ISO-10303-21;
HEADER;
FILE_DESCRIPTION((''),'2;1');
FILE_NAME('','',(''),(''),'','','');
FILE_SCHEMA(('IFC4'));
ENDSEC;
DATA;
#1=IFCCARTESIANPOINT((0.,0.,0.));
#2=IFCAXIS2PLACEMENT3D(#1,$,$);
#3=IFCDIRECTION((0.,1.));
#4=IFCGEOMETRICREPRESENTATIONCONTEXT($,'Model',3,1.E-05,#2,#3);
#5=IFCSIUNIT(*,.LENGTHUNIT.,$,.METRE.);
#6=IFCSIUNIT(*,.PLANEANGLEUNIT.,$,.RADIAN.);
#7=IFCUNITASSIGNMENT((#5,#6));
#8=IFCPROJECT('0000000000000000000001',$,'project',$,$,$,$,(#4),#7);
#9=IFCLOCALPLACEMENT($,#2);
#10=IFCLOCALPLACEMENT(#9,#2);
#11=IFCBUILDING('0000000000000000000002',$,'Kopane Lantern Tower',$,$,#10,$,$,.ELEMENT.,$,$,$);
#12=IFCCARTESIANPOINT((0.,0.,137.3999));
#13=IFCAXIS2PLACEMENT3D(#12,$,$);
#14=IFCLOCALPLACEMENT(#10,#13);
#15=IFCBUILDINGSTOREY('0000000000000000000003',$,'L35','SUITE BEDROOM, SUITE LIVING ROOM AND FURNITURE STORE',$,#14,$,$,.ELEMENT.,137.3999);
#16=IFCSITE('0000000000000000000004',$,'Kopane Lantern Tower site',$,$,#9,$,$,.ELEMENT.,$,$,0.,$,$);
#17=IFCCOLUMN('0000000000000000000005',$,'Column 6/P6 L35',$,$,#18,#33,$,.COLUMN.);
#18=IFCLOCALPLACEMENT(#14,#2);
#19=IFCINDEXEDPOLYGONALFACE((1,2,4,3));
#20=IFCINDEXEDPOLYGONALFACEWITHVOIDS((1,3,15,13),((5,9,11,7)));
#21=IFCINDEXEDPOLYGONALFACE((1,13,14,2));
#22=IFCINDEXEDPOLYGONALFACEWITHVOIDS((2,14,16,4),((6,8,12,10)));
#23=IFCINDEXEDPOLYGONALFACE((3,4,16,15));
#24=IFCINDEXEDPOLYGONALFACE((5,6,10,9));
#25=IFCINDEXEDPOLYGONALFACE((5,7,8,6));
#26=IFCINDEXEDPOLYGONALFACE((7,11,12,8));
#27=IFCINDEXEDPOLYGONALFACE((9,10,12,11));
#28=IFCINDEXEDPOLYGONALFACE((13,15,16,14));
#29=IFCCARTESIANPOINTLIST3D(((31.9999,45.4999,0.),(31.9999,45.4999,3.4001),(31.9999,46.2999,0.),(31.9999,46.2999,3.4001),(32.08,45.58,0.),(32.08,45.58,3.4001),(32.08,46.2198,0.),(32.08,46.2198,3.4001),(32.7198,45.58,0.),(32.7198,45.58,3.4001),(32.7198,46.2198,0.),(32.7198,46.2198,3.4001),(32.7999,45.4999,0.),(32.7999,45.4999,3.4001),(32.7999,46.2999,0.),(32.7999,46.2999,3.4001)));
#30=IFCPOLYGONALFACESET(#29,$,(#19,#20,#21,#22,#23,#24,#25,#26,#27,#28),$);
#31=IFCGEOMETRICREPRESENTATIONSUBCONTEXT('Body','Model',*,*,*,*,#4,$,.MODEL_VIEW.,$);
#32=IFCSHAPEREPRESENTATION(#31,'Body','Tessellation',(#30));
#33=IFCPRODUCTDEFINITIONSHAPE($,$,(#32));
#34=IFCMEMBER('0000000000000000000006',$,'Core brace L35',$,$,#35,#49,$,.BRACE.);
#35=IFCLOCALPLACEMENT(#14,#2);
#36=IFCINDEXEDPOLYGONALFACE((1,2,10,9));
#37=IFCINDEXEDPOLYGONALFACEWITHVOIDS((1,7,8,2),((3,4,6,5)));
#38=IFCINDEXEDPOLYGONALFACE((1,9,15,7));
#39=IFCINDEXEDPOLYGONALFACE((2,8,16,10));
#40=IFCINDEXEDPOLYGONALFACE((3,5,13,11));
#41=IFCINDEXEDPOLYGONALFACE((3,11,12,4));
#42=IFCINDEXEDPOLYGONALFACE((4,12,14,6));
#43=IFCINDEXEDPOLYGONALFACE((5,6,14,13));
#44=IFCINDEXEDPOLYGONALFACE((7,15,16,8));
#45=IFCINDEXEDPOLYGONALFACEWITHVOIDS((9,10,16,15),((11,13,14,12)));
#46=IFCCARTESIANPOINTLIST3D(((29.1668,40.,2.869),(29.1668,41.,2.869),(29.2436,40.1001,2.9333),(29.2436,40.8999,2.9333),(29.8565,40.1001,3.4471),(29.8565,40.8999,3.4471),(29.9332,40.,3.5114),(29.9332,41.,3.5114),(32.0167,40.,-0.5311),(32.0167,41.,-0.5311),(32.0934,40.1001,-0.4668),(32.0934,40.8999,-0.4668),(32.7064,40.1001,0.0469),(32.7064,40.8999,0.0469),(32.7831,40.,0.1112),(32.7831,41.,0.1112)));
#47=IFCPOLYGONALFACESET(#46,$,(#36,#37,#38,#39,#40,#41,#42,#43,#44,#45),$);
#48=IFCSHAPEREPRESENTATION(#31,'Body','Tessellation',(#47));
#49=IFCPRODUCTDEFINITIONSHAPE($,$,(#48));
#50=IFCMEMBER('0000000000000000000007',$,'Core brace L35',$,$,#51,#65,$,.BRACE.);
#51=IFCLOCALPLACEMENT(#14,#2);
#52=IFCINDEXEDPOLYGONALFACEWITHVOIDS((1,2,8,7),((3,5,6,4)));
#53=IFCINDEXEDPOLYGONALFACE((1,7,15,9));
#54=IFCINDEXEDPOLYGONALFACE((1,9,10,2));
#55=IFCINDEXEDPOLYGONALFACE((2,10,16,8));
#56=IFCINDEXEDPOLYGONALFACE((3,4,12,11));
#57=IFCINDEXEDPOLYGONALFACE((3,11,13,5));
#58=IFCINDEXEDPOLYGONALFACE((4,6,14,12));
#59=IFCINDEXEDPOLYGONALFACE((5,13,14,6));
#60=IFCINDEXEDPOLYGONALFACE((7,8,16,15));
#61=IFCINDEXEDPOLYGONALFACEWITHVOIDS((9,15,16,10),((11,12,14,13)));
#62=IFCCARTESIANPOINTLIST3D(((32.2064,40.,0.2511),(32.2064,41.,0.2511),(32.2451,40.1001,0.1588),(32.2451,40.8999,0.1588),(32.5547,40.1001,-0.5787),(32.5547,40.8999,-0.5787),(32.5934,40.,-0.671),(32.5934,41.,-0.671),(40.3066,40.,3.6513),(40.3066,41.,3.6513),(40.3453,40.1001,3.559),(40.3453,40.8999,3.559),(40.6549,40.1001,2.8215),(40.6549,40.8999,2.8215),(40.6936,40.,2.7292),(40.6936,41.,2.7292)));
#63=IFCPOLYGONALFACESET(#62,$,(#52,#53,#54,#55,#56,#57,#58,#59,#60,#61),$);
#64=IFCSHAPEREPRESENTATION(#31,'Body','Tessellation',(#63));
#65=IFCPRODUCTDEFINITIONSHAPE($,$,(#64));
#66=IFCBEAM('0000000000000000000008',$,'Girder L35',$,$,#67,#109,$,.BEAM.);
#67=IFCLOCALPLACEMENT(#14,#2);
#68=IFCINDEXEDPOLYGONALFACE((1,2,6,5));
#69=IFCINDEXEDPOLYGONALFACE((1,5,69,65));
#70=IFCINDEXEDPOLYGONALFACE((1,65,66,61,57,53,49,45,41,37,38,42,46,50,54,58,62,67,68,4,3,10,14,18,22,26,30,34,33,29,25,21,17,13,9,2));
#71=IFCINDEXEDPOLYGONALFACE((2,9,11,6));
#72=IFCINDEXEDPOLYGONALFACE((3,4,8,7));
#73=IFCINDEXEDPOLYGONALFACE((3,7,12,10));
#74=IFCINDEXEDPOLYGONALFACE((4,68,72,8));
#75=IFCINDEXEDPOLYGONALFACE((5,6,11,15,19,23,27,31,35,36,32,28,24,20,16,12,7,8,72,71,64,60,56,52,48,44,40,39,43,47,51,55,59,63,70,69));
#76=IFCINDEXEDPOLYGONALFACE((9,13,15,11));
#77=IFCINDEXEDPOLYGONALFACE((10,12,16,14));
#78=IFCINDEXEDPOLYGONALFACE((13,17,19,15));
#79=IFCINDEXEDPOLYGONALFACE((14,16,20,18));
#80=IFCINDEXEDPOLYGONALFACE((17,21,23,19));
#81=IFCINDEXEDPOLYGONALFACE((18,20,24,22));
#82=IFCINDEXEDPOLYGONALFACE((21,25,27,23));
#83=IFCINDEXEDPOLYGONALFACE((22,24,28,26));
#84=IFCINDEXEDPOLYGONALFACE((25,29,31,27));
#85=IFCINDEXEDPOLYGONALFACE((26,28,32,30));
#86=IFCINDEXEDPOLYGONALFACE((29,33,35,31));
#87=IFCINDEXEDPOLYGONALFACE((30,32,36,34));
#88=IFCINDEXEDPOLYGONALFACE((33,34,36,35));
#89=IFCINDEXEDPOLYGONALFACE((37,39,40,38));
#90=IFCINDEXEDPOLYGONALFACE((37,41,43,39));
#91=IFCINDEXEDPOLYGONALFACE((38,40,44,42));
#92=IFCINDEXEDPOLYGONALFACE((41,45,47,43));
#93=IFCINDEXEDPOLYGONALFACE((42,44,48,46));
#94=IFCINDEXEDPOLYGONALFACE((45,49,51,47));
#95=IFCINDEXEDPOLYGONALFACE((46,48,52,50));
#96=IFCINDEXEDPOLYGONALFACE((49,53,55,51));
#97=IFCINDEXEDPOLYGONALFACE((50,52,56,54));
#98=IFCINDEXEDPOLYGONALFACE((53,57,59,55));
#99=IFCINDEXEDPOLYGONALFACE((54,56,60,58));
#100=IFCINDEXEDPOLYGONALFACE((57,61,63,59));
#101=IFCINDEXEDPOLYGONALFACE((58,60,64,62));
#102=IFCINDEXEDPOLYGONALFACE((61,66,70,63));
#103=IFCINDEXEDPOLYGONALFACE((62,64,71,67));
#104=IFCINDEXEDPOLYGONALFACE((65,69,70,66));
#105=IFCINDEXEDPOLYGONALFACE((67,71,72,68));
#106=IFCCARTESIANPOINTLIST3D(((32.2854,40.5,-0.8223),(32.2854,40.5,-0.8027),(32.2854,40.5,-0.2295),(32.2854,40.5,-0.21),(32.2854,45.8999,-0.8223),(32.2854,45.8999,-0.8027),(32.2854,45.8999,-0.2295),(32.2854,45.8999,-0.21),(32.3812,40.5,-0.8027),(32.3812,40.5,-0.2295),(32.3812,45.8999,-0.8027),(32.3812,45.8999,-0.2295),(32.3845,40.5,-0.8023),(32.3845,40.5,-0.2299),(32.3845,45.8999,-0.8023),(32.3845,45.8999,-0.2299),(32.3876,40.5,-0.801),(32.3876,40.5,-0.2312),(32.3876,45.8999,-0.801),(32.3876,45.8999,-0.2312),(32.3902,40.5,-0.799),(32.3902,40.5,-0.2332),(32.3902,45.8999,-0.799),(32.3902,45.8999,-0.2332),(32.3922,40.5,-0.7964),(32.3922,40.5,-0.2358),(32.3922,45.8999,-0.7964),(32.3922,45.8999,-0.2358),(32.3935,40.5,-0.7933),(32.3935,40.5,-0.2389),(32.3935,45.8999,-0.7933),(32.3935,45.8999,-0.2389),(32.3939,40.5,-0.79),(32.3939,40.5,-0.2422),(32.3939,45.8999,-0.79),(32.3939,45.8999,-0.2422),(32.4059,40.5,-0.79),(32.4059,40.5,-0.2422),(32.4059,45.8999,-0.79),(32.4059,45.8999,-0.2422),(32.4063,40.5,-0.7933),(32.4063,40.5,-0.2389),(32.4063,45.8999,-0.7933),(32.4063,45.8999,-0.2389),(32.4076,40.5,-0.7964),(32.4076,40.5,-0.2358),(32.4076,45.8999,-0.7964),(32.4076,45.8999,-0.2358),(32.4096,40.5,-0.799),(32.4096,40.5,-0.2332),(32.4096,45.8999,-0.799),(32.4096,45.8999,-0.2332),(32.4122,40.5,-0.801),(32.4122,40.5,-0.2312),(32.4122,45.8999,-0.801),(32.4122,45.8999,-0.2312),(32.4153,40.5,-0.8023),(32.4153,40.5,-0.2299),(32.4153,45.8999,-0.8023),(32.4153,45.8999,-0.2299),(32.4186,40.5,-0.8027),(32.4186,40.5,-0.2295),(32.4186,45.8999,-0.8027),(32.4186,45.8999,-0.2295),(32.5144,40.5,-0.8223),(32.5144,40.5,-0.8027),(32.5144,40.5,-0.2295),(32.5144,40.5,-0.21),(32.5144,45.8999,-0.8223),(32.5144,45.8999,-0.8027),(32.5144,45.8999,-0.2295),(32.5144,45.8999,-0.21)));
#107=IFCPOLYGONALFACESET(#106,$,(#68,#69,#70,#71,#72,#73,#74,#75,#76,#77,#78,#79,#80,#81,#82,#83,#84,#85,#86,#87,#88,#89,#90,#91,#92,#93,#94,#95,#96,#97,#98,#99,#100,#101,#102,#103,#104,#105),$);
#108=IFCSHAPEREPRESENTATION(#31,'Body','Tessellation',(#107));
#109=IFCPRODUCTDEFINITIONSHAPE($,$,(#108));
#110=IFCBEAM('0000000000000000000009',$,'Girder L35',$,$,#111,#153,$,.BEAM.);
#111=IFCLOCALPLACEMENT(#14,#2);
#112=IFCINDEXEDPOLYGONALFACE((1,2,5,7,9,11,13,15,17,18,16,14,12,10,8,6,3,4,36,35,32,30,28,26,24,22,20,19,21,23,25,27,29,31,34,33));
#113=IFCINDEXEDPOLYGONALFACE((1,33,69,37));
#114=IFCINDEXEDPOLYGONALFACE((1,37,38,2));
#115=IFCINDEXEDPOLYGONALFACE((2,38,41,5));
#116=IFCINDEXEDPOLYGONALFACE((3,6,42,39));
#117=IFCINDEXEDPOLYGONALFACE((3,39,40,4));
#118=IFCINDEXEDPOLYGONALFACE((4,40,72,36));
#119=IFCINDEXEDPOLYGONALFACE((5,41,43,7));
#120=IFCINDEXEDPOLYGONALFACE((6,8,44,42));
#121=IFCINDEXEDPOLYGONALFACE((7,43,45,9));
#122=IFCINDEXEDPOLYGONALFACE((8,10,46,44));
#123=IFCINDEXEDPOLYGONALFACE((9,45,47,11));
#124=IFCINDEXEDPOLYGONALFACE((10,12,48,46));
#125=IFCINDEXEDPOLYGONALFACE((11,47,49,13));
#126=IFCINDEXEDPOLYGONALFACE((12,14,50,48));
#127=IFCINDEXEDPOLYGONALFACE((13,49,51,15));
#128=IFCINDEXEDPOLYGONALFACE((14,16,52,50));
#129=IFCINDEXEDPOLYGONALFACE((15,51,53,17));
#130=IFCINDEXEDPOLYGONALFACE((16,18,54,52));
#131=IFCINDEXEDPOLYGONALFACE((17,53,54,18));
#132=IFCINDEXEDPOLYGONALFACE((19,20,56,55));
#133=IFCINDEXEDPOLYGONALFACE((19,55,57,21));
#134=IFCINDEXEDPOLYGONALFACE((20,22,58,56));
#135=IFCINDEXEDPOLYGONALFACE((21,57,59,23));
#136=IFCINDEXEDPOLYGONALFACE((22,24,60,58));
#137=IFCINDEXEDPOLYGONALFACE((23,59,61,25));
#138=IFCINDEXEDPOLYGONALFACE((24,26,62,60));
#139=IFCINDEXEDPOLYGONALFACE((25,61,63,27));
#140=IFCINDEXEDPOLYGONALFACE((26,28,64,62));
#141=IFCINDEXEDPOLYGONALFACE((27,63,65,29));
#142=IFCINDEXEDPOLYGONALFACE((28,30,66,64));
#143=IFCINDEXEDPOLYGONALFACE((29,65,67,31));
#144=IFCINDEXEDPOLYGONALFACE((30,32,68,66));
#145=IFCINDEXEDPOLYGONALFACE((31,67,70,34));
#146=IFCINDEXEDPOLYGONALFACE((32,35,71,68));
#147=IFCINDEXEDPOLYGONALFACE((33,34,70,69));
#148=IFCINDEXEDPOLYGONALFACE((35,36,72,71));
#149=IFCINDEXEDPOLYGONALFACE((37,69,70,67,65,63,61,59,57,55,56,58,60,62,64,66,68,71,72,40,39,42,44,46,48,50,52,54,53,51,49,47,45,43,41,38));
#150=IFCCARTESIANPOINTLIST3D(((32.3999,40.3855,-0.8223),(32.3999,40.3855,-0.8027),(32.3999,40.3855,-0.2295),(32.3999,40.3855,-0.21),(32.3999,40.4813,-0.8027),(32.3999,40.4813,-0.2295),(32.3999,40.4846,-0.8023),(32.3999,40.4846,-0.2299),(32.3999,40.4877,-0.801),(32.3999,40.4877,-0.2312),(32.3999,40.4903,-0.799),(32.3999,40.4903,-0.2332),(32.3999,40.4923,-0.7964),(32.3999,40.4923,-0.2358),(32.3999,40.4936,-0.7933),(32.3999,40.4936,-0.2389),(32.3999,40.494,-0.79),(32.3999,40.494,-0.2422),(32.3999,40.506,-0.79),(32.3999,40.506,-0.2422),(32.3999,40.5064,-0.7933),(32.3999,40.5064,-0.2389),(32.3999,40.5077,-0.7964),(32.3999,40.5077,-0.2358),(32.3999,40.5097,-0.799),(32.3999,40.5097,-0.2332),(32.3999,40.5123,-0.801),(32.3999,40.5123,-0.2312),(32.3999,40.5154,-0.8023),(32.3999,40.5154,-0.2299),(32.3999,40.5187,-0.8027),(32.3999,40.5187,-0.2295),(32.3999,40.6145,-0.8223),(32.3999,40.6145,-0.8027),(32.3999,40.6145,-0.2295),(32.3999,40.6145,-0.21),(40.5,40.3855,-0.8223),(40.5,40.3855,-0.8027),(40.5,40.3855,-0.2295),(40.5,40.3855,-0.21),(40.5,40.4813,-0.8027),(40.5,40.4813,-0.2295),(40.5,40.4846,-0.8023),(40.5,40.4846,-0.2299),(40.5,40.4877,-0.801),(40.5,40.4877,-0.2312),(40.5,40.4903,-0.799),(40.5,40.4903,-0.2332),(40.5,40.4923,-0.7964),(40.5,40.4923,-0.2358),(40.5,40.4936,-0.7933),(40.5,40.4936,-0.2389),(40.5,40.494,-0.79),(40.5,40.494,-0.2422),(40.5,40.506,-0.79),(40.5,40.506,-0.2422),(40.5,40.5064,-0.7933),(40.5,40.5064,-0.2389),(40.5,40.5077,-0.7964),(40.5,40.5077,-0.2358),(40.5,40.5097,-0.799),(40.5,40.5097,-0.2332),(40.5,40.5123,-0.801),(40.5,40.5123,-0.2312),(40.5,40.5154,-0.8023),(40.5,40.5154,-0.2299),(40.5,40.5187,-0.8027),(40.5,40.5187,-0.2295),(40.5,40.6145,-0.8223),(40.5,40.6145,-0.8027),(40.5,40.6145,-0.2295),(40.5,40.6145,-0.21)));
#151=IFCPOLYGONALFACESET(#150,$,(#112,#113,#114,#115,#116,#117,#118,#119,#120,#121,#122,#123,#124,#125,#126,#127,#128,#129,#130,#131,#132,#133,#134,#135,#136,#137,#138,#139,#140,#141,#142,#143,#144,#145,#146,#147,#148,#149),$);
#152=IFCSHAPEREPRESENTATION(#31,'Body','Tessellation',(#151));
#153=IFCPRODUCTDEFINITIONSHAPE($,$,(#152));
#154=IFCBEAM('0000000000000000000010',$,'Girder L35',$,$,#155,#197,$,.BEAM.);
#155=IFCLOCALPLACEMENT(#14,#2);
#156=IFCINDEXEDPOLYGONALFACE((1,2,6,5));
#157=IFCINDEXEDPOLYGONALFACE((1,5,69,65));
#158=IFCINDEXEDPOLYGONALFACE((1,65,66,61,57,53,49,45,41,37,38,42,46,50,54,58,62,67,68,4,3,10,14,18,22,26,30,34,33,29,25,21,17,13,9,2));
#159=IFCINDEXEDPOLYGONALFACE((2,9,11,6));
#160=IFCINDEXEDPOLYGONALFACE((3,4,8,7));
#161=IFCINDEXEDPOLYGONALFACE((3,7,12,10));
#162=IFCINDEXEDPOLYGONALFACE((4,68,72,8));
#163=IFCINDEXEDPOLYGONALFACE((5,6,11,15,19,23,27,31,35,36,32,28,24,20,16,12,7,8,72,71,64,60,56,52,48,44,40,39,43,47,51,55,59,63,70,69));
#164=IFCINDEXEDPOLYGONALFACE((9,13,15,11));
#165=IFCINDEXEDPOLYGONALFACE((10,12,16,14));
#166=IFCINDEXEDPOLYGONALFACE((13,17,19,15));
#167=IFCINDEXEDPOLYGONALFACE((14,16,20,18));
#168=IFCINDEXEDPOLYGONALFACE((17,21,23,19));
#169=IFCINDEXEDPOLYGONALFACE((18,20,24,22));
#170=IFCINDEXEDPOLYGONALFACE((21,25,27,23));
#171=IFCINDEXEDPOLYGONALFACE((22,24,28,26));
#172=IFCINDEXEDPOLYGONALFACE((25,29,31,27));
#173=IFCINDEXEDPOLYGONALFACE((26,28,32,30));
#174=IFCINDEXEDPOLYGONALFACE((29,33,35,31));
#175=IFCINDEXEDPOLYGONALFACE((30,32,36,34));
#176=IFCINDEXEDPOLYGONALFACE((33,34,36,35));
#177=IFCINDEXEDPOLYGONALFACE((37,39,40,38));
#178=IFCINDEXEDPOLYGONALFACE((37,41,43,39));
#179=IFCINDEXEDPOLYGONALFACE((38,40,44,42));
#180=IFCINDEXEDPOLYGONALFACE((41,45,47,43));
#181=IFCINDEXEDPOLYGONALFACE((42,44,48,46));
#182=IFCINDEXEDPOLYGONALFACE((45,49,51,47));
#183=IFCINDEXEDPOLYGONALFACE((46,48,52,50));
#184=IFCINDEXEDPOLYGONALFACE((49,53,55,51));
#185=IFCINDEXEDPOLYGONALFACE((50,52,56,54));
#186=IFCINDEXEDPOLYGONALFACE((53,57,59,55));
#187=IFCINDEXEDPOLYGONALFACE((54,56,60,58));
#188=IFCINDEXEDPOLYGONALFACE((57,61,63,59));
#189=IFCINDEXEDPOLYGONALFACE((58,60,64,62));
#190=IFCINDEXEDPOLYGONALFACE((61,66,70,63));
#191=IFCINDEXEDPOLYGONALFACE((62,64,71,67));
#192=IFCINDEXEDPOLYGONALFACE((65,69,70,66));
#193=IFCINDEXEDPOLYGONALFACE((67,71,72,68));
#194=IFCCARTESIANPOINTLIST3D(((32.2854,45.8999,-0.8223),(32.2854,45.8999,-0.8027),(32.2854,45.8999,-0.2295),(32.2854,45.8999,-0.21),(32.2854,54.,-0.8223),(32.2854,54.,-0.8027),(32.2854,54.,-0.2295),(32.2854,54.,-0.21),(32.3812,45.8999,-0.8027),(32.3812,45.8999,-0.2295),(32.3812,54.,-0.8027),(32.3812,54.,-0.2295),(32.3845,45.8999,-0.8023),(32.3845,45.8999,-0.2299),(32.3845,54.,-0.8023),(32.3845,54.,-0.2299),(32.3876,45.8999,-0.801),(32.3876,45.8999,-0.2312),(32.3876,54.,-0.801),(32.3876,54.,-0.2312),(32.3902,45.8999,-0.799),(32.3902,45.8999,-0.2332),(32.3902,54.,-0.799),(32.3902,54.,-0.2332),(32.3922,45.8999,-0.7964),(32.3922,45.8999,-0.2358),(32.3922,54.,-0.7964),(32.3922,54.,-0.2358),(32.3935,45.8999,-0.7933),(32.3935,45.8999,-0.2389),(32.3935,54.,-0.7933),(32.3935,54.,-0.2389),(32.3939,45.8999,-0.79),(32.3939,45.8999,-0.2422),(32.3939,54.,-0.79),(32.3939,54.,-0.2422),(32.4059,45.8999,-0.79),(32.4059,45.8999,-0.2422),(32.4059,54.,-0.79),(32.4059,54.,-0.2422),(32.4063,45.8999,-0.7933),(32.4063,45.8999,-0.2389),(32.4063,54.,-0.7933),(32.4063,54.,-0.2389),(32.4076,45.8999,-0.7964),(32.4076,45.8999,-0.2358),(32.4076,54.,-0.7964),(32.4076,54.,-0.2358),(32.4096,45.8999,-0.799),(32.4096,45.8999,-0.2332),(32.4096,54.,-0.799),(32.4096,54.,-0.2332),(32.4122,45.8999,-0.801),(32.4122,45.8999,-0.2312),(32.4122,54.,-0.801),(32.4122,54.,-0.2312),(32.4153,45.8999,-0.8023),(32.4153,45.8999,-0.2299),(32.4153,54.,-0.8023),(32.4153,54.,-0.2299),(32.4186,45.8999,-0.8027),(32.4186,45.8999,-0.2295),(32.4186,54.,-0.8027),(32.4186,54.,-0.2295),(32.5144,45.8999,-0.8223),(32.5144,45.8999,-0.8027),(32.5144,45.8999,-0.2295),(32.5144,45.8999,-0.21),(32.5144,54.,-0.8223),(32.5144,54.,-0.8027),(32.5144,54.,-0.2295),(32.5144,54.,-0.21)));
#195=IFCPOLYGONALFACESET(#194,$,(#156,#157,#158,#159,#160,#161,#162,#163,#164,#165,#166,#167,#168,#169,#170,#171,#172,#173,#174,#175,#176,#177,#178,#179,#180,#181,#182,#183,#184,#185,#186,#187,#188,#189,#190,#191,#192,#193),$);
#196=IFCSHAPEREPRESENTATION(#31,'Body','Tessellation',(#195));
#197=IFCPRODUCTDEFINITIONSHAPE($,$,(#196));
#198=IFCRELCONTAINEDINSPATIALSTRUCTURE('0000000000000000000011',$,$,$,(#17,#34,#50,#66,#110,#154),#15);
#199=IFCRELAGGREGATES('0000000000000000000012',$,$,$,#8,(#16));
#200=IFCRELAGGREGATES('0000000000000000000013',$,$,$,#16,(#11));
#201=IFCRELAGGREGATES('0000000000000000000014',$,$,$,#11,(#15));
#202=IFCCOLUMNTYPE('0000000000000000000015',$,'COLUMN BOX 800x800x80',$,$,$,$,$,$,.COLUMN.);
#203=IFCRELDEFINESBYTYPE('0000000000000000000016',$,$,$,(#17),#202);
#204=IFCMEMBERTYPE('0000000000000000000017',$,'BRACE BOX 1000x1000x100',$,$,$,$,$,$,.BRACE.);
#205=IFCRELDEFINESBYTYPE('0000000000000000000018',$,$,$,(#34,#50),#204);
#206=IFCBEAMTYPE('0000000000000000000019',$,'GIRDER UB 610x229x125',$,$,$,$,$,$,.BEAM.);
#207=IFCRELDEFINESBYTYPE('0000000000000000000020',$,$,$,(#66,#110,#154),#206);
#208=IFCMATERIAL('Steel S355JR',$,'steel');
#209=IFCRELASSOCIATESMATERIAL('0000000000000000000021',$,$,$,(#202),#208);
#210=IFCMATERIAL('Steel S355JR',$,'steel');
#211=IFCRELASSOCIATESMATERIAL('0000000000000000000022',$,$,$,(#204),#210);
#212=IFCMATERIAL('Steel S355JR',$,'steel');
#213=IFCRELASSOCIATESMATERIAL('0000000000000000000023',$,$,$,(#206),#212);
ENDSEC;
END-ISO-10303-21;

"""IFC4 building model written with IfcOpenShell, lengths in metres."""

from ifc_helpers import new_model, si_unit, direction, frame, origin, origin_2d, place, context, subcontext, project, spatial, hollow_rectangle, i_section, extrude, material, material_profile, profile_set, type_object, element, save


model = new_model("IFC4")

# Units and contexts
model_context = context("Model", 3, precision=1e-05, world=origin(), true_north=direction((0.0, 1.0)))
body_context = subcontext(model_context, "Body", "Model", "MODEL_VIEW")
ifc_project = project(units=[si_unit("LENGTHUNIT", "METRE"), si_unit("PLANEANGLEUNIT", "RADIAN")], contexts=[model_context])

# Site, building, storey
site_placement = place(None, origin())
site = spatial("IfcSite", under=ifc_project, at=site_placement, Name="Kopane Lantern Tower site", CompositionType="ELEMENT", RefElevation=0.0)
building_placement = place(site_placement, origin())
building = spatial("IfcBuilding", under=site, at=building_placement, Name="Kopane Lantern Tower", CompositionType="ELEMENT")
storey_placement = place(building_placement, frame((0.0, 0.0, 137.3999)))
storey = spatial("IfcBuildingStorey", under=building, at=storey_placement, Name="L35", Description="SUITE BEDROOM, SUITE LIVING ROOM AND FURNITURE STORE", CompositionType="ELEMENT", Elevation=137.3999)

# Column
ifc_material_1 = material(Name="Steel S355JR", Category="steel")
ifc_material_profile_1 = material_profile(ifc_material_1, hollow_rectangle(XDim=0.8, YDim=0.8, WallThickness=0.0801, at=origin_2d()), Name="BOX 800x800x80")
ifc_profile_set_1 = profile_set([ifc_material_profile_1], Name="Steel S355JR")
column_type = type_object("IfcColumnType", Name="COLUMN BOX 800x800x80", PredefinedType="COLUMN", material=ifc_profile_set_1)
column_placement = place(storey_placement, frame((32.3999, 45.8999, 0.0), z_axis=(0.0, 0.0, 1.0), x_axis=(1.0, 0.0, 0.0)))
element("IfcColumn", 1, at=column_placement, inside=storey, type_object=column_type, Name="Column 6/P6 L35", PredefinedType="COLUMN", context=body_context, shape_type="SweptSolid", body=[
    extrude(hollow_rectangle(XDim=0.8, YDim=0.8, WallThickness=0.0801, at=origin_2d()), origin(), (0.0, 0.0, 1.0), 3.4001),
])

# Members
ifc_material_2 = material(Name="Steel S355JR", Category="steel")
ifc_material_profile_2 = material_profile(ifc_material_2, hollow_rectangle(XDim=1.0, YDim=1.0, WallThickness=0.1001, at=origin_2d()), Name="BOX 1000x1000x100")
ifc_profile_set_2 = profile_set([ifc_material_profile_2], Name="Steel S355JR")
member_type = type_object("IfcMemberType", Name="BRACE BOX 1000x1000x100", PredefinedType="BRACE", material=ifc_profile_set_2)
member_1_placement = place(storey_placement, frame((32.3999, 40.5, -0.21), z_axis=(-0.642363, 0.0, 0.7664), x_axis=(0.0, -1.0, 0.0)))
element("IfcMember", 2, at=member_1_placement, inside=storey, type_object=member_type, Name="Core brace L35", PredefinedType="BRACE", context=body_context, shape_type="SweptSolid", body=[
    extrude(hollow_rectangle(XDim=1.0, YDim=1.0, WallThickness=0.1001, at=origin_2d()), origin(), (0.0, 0.0, 1.0), 4.4365),
])
member_2_placement = place(storey_placement, frame((32.3999, 40.5, -0.21), z_axis=(0.922059, 0.0, 0.387049), x_axis=(0.0, 1.0, 0.0)))
element("IfcMember", 3, at=member_2_placement, inside=storey, type_object=member_type, Name="Core brace L35", PredefinedType="BRACE", context=body_context, shape_type="SweptSolid", body=[
    extrude(hollow_rectangle(XDim=1.0, YDim=1.0, WallThickness=0.1001, at=origin_2d()), origin(), (0.0, 0.0, 1.0), 8.7849),
])

# Beams
ifc_material_3 = material(Name="Steel S355JR", Category="steel")
ifc_material_profile_3 = material_profile(ifc_material_3, i_section(OverallWidth=0.229, OverallDepth=0.6123, WebThickness=0.012, FlangeThickness=0.0195, FilletRadius=0.0127, at=origin_2d()), Name="UB 610x229x125")
ifc_profile_set_3 = profile_set([ifc_material_profile_3], Name="Steel S355JR")
beam_type = type_object("IfcBeamType", Name="GIRDER UB 610x229x125", PredefinedType="BEAM", material=ifc_profile_set_3)
beam_placement = place(storey_placement, frame((32.3999, 40.5, -0.5161), z_axis=(0.0, 1.0, 0.0), x_axis=(-1.0, 0.0, 0.0)))
element("IfcBeam", 4, at=beam_placement, inside=storey, type_object=beam_type, Name="Girder L35", PredefinedType="BEAM", context=body_context, shape_type="SweptSolid", body=[
    extrude(i_section(OverallWidth=0.229, OverallDepth=0.6123, WebThickness=0.012, FlangeThickness=0.0195, FilletRadius=0.0127, at=origin_2d()), origin(), (0.0, 0.0, 1.0), 5.3999),
])
for number, where, z_axis, x_axis, name in (
    (5, (32.3999, 40.5, -0.5161), (1.0, 0.0, 0.0), (0.0, 1.0, 0.0), "Girder L35"),
    (6, (32.3999, 45.8999, -0.5161), (0.0, 1.0, 0.0), (-1.0, 0.0, 0.0), "Girder L35"),
):
    element("IfcBeam", number, at=place(storey_placement, frame(where, z_axis=z_axis, x_axis=x_axis)), inside=storey, type_object=beam_type, Name=name, PredefinedType="BEAM", context=body_context, shape_type="SweptSolid", body=[
        extrude(i_section(OverallWidth=0.229, OverallDepth=0.6123, WebThickness=0.012, FlangeThickness=0.0195, FilletRadius=0.0127, at=origin_2d()), origin(), (0.0, 0.0, 1.0), 8.1001),
    ])

save(model, "model.ifc")
